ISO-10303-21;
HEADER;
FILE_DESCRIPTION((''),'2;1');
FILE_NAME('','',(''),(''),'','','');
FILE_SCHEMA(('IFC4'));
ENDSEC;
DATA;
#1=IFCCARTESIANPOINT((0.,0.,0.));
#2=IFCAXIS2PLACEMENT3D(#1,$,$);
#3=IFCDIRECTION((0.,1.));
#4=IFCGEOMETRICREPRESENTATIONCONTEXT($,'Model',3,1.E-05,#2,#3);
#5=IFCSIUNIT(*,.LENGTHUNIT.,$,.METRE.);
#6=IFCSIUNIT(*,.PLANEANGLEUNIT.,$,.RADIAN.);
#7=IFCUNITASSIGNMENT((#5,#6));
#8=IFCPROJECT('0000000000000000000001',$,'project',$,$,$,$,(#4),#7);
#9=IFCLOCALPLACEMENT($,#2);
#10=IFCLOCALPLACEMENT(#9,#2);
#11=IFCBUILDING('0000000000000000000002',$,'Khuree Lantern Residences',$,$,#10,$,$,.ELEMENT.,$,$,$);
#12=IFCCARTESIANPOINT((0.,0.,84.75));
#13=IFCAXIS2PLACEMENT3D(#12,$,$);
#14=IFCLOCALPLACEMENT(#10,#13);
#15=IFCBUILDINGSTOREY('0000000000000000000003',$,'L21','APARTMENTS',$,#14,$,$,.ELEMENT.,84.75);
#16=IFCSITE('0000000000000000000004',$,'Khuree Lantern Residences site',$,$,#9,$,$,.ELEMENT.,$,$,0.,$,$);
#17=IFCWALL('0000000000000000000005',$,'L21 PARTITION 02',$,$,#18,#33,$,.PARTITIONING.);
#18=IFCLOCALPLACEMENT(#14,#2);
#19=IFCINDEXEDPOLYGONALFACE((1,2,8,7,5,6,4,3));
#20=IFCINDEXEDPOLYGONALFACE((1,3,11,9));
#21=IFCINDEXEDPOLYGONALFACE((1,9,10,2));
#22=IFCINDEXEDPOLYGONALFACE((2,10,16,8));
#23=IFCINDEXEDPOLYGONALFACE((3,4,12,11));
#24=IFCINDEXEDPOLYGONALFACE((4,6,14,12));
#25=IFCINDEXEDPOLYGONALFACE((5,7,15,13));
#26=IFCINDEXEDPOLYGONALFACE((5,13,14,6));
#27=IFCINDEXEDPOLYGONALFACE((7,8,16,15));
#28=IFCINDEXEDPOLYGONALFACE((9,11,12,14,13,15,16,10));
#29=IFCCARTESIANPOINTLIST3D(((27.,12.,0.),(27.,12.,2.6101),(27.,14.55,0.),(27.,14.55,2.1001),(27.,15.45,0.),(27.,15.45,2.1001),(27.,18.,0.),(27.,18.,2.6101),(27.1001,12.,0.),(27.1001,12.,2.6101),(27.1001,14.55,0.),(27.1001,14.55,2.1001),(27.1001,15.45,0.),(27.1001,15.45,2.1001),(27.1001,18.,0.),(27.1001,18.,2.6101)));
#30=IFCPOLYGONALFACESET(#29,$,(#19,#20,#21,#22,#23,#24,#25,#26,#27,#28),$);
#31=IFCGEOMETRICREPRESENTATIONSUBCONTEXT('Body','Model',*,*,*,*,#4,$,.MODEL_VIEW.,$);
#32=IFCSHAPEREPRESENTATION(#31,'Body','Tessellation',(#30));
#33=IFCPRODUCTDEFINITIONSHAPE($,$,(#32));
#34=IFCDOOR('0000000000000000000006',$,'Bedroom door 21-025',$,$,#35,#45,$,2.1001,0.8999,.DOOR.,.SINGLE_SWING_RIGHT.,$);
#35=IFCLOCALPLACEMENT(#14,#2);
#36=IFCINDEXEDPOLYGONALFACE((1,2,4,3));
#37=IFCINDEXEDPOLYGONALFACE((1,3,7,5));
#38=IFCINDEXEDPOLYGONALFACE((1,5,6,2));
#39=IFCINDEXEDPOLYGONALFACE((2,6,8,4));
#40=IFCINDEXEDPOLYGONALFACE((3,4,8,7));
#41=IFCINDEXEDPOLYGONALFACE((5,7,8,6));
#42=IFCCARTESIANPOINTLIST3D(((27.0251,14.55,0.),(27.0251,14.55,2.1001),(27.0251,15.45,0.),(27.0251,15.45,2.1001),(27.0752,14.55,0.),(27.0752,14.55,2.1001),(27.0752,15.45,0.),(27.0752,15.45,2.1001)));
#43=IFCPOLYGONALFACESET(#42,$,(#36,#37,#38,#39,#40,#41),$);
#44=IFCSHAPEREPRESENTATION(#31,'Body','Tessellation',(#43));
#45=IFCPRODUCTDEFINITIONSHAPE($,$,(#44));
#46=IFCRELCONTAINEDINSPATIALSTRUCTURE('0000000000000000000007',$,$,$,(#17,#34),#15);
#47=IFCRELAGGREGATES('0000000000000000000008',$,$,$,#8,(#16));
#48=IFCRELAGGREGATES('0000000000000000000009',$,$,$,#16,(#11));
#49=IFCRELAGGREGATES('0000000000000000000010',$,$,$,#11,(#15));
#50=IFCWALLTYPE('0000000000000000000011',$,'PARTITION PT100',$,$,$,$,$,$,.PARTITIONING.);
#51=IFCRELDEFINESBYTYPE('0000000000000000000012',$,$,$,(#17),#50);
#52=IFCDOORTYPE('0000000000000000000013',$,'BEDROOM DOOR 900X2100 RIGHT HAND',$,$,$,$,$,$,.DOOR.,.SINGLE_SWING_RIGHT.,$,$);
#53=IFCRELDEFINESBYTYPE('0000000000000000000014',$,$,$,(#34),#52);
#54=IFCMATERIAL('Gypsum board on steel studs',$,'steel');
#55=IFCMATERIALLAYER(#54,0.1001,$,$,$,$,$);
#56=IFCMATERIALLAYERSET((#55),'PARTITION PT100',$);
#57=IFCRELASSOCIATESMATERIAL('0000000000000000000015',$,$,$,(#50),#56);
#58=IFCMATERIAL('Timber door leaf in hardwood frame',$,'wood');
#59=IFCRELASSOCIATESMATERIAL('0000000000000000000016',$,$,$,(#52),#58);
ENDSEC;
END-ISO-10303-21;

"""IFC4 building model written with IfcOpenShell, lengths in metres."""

from ifc_helpers import new_model, si_unit, direction, frame, frame_2d, origin, place, context, subcontext, project, spatial, rectangle, extrude, material, layer, layer_set, type_object, element, fill, save


model = new_model("IFC4")

# Units and contexts
model_context = context("Model", 3, precision=1e-05, world=origin(), true_north=direction((0.0, 1.0)))
body_context = subcontext(model_context, "Body", "Model", "MODEL_VIEW")
ifc_project = project(units=[si_unit("LENGTHUNIT", "METRE"), si_unit("PLANEANGLEUNIT", "RADIAN")], contexts=[model_context])

# Site, building, storey
site_placement = place(None, origin())
site = spatial("IfcSite", under=ifc_project, at=site_placement, Name="Khuree Lantern Residences site", CompositionType="ELEMENT", RefElevation=0.0)
building_placement = place(site_placement, origin())
building = spatial("IfcBuilding", under=site, at=building_placement, Name="Khuree Lantern Residences", CompositionType="ELEMENT")
storey_placement = place(building_placement, frame((0.0, 0.0, 84.75)))
storey = spatial("IfcBuildingStorey", under=building, at=storey_placement, Name="L21", Description="APARTMENTS", CompositionType="ELEMENT", Elevation=84.75)

# Shared definitions
ifc_material_1 = material(Name="Timber door leaf in hardwood frame", Category="wood")

# Shared definitions
ifc_material_2 = material(Name="Gypsum board on steel studs", Category="steel")
ifc_layer_1 = layer(ifc_material_2, 0.1001)
ifc_layer_set_1 = layer_set([ifc_layer_1], Name="PARTITION PT100")
wall_type_1 = type_object("IfcWallType", Name="PARTITION PT100", PredefinedType="PARTITIONING", material=ifc_layer_set_1)

# Wall, opening, door
wall_1_placement = place(storey_placement, frame((27.05, 12.0, 0.0), z_axis=(0.0, 0.0, 1.0), x_axis=(0.0, 1.0, 0.0)))
wall_1 = element("IfcWall", 1, at=wall_1_placement, inside=storey, type_object=wall_type_1, Name="L21 PARTITION 02", PredefinedType="PARTITIONING", context=body_context, shape_type="SweptSolid", body=[
    extrude(rectangle(XDim=6.0, YDim=0.1001, at=frame_2d((3.0, 0.0))), origin(), (0.0, 0.0, 1.0), 2.6101),
])
opening_1_placement = place(wall_1_placement, frame((2.55, 0.0, 0.0)))
opening_1 = element("IfcOpeningElement", 2, at=opening_1_placement, cuts=wall_1, PredefinedType="OPENING", context=body_context, shape_type="SweptSolid", body=[
    extrude(rectangle(XDim=0.8999, YDim=2.1001, at=frame_2d((0.45, 1.05))), frame((0.0, 0.0601, 0.0), z_axis=(0.0, -1.0, 0.0), x_axis=(1.0, 0.0, 0.0)), (0.0, 0.0, 1.0), 0.1201),
])
door_type_1 = type_object("IfcDoorType", Name="BEDROOM DOOR 900X2100 RIGHT HAND", OperationType="SINGLE_SWING_RIGHT", PredefinedType="DOOR", material=ifc_material_1)
door_1_placement = place(opening_1_placement, origin())
door_1 = element("IfcDoor", 3, at=door_1_placement, inside=storey, type_object=door_type_1, Name="Bedroom door 21-025", OperationType="SINGLE_SWING_RIGHT", OverallHeight=2.1001, OverallWidth=0.8999, PredefinedType="DOOR", context=body_context, shape_type="SweptSolid", body=[
    extrude(rectangle(XDim=0.8999, YDim=2.1001, at=frame_2d((0.45, 1.05))), frame((0.0, 0.0249, 0.0), z_axis=(0.0, -1.0, 0.0), x_axis=(1.0, 0.0, 0.0)), (0.0, 0.0, 1.0), 0.05),
])
fill(opening_1, door_1)

save(model, "model.ifc")
